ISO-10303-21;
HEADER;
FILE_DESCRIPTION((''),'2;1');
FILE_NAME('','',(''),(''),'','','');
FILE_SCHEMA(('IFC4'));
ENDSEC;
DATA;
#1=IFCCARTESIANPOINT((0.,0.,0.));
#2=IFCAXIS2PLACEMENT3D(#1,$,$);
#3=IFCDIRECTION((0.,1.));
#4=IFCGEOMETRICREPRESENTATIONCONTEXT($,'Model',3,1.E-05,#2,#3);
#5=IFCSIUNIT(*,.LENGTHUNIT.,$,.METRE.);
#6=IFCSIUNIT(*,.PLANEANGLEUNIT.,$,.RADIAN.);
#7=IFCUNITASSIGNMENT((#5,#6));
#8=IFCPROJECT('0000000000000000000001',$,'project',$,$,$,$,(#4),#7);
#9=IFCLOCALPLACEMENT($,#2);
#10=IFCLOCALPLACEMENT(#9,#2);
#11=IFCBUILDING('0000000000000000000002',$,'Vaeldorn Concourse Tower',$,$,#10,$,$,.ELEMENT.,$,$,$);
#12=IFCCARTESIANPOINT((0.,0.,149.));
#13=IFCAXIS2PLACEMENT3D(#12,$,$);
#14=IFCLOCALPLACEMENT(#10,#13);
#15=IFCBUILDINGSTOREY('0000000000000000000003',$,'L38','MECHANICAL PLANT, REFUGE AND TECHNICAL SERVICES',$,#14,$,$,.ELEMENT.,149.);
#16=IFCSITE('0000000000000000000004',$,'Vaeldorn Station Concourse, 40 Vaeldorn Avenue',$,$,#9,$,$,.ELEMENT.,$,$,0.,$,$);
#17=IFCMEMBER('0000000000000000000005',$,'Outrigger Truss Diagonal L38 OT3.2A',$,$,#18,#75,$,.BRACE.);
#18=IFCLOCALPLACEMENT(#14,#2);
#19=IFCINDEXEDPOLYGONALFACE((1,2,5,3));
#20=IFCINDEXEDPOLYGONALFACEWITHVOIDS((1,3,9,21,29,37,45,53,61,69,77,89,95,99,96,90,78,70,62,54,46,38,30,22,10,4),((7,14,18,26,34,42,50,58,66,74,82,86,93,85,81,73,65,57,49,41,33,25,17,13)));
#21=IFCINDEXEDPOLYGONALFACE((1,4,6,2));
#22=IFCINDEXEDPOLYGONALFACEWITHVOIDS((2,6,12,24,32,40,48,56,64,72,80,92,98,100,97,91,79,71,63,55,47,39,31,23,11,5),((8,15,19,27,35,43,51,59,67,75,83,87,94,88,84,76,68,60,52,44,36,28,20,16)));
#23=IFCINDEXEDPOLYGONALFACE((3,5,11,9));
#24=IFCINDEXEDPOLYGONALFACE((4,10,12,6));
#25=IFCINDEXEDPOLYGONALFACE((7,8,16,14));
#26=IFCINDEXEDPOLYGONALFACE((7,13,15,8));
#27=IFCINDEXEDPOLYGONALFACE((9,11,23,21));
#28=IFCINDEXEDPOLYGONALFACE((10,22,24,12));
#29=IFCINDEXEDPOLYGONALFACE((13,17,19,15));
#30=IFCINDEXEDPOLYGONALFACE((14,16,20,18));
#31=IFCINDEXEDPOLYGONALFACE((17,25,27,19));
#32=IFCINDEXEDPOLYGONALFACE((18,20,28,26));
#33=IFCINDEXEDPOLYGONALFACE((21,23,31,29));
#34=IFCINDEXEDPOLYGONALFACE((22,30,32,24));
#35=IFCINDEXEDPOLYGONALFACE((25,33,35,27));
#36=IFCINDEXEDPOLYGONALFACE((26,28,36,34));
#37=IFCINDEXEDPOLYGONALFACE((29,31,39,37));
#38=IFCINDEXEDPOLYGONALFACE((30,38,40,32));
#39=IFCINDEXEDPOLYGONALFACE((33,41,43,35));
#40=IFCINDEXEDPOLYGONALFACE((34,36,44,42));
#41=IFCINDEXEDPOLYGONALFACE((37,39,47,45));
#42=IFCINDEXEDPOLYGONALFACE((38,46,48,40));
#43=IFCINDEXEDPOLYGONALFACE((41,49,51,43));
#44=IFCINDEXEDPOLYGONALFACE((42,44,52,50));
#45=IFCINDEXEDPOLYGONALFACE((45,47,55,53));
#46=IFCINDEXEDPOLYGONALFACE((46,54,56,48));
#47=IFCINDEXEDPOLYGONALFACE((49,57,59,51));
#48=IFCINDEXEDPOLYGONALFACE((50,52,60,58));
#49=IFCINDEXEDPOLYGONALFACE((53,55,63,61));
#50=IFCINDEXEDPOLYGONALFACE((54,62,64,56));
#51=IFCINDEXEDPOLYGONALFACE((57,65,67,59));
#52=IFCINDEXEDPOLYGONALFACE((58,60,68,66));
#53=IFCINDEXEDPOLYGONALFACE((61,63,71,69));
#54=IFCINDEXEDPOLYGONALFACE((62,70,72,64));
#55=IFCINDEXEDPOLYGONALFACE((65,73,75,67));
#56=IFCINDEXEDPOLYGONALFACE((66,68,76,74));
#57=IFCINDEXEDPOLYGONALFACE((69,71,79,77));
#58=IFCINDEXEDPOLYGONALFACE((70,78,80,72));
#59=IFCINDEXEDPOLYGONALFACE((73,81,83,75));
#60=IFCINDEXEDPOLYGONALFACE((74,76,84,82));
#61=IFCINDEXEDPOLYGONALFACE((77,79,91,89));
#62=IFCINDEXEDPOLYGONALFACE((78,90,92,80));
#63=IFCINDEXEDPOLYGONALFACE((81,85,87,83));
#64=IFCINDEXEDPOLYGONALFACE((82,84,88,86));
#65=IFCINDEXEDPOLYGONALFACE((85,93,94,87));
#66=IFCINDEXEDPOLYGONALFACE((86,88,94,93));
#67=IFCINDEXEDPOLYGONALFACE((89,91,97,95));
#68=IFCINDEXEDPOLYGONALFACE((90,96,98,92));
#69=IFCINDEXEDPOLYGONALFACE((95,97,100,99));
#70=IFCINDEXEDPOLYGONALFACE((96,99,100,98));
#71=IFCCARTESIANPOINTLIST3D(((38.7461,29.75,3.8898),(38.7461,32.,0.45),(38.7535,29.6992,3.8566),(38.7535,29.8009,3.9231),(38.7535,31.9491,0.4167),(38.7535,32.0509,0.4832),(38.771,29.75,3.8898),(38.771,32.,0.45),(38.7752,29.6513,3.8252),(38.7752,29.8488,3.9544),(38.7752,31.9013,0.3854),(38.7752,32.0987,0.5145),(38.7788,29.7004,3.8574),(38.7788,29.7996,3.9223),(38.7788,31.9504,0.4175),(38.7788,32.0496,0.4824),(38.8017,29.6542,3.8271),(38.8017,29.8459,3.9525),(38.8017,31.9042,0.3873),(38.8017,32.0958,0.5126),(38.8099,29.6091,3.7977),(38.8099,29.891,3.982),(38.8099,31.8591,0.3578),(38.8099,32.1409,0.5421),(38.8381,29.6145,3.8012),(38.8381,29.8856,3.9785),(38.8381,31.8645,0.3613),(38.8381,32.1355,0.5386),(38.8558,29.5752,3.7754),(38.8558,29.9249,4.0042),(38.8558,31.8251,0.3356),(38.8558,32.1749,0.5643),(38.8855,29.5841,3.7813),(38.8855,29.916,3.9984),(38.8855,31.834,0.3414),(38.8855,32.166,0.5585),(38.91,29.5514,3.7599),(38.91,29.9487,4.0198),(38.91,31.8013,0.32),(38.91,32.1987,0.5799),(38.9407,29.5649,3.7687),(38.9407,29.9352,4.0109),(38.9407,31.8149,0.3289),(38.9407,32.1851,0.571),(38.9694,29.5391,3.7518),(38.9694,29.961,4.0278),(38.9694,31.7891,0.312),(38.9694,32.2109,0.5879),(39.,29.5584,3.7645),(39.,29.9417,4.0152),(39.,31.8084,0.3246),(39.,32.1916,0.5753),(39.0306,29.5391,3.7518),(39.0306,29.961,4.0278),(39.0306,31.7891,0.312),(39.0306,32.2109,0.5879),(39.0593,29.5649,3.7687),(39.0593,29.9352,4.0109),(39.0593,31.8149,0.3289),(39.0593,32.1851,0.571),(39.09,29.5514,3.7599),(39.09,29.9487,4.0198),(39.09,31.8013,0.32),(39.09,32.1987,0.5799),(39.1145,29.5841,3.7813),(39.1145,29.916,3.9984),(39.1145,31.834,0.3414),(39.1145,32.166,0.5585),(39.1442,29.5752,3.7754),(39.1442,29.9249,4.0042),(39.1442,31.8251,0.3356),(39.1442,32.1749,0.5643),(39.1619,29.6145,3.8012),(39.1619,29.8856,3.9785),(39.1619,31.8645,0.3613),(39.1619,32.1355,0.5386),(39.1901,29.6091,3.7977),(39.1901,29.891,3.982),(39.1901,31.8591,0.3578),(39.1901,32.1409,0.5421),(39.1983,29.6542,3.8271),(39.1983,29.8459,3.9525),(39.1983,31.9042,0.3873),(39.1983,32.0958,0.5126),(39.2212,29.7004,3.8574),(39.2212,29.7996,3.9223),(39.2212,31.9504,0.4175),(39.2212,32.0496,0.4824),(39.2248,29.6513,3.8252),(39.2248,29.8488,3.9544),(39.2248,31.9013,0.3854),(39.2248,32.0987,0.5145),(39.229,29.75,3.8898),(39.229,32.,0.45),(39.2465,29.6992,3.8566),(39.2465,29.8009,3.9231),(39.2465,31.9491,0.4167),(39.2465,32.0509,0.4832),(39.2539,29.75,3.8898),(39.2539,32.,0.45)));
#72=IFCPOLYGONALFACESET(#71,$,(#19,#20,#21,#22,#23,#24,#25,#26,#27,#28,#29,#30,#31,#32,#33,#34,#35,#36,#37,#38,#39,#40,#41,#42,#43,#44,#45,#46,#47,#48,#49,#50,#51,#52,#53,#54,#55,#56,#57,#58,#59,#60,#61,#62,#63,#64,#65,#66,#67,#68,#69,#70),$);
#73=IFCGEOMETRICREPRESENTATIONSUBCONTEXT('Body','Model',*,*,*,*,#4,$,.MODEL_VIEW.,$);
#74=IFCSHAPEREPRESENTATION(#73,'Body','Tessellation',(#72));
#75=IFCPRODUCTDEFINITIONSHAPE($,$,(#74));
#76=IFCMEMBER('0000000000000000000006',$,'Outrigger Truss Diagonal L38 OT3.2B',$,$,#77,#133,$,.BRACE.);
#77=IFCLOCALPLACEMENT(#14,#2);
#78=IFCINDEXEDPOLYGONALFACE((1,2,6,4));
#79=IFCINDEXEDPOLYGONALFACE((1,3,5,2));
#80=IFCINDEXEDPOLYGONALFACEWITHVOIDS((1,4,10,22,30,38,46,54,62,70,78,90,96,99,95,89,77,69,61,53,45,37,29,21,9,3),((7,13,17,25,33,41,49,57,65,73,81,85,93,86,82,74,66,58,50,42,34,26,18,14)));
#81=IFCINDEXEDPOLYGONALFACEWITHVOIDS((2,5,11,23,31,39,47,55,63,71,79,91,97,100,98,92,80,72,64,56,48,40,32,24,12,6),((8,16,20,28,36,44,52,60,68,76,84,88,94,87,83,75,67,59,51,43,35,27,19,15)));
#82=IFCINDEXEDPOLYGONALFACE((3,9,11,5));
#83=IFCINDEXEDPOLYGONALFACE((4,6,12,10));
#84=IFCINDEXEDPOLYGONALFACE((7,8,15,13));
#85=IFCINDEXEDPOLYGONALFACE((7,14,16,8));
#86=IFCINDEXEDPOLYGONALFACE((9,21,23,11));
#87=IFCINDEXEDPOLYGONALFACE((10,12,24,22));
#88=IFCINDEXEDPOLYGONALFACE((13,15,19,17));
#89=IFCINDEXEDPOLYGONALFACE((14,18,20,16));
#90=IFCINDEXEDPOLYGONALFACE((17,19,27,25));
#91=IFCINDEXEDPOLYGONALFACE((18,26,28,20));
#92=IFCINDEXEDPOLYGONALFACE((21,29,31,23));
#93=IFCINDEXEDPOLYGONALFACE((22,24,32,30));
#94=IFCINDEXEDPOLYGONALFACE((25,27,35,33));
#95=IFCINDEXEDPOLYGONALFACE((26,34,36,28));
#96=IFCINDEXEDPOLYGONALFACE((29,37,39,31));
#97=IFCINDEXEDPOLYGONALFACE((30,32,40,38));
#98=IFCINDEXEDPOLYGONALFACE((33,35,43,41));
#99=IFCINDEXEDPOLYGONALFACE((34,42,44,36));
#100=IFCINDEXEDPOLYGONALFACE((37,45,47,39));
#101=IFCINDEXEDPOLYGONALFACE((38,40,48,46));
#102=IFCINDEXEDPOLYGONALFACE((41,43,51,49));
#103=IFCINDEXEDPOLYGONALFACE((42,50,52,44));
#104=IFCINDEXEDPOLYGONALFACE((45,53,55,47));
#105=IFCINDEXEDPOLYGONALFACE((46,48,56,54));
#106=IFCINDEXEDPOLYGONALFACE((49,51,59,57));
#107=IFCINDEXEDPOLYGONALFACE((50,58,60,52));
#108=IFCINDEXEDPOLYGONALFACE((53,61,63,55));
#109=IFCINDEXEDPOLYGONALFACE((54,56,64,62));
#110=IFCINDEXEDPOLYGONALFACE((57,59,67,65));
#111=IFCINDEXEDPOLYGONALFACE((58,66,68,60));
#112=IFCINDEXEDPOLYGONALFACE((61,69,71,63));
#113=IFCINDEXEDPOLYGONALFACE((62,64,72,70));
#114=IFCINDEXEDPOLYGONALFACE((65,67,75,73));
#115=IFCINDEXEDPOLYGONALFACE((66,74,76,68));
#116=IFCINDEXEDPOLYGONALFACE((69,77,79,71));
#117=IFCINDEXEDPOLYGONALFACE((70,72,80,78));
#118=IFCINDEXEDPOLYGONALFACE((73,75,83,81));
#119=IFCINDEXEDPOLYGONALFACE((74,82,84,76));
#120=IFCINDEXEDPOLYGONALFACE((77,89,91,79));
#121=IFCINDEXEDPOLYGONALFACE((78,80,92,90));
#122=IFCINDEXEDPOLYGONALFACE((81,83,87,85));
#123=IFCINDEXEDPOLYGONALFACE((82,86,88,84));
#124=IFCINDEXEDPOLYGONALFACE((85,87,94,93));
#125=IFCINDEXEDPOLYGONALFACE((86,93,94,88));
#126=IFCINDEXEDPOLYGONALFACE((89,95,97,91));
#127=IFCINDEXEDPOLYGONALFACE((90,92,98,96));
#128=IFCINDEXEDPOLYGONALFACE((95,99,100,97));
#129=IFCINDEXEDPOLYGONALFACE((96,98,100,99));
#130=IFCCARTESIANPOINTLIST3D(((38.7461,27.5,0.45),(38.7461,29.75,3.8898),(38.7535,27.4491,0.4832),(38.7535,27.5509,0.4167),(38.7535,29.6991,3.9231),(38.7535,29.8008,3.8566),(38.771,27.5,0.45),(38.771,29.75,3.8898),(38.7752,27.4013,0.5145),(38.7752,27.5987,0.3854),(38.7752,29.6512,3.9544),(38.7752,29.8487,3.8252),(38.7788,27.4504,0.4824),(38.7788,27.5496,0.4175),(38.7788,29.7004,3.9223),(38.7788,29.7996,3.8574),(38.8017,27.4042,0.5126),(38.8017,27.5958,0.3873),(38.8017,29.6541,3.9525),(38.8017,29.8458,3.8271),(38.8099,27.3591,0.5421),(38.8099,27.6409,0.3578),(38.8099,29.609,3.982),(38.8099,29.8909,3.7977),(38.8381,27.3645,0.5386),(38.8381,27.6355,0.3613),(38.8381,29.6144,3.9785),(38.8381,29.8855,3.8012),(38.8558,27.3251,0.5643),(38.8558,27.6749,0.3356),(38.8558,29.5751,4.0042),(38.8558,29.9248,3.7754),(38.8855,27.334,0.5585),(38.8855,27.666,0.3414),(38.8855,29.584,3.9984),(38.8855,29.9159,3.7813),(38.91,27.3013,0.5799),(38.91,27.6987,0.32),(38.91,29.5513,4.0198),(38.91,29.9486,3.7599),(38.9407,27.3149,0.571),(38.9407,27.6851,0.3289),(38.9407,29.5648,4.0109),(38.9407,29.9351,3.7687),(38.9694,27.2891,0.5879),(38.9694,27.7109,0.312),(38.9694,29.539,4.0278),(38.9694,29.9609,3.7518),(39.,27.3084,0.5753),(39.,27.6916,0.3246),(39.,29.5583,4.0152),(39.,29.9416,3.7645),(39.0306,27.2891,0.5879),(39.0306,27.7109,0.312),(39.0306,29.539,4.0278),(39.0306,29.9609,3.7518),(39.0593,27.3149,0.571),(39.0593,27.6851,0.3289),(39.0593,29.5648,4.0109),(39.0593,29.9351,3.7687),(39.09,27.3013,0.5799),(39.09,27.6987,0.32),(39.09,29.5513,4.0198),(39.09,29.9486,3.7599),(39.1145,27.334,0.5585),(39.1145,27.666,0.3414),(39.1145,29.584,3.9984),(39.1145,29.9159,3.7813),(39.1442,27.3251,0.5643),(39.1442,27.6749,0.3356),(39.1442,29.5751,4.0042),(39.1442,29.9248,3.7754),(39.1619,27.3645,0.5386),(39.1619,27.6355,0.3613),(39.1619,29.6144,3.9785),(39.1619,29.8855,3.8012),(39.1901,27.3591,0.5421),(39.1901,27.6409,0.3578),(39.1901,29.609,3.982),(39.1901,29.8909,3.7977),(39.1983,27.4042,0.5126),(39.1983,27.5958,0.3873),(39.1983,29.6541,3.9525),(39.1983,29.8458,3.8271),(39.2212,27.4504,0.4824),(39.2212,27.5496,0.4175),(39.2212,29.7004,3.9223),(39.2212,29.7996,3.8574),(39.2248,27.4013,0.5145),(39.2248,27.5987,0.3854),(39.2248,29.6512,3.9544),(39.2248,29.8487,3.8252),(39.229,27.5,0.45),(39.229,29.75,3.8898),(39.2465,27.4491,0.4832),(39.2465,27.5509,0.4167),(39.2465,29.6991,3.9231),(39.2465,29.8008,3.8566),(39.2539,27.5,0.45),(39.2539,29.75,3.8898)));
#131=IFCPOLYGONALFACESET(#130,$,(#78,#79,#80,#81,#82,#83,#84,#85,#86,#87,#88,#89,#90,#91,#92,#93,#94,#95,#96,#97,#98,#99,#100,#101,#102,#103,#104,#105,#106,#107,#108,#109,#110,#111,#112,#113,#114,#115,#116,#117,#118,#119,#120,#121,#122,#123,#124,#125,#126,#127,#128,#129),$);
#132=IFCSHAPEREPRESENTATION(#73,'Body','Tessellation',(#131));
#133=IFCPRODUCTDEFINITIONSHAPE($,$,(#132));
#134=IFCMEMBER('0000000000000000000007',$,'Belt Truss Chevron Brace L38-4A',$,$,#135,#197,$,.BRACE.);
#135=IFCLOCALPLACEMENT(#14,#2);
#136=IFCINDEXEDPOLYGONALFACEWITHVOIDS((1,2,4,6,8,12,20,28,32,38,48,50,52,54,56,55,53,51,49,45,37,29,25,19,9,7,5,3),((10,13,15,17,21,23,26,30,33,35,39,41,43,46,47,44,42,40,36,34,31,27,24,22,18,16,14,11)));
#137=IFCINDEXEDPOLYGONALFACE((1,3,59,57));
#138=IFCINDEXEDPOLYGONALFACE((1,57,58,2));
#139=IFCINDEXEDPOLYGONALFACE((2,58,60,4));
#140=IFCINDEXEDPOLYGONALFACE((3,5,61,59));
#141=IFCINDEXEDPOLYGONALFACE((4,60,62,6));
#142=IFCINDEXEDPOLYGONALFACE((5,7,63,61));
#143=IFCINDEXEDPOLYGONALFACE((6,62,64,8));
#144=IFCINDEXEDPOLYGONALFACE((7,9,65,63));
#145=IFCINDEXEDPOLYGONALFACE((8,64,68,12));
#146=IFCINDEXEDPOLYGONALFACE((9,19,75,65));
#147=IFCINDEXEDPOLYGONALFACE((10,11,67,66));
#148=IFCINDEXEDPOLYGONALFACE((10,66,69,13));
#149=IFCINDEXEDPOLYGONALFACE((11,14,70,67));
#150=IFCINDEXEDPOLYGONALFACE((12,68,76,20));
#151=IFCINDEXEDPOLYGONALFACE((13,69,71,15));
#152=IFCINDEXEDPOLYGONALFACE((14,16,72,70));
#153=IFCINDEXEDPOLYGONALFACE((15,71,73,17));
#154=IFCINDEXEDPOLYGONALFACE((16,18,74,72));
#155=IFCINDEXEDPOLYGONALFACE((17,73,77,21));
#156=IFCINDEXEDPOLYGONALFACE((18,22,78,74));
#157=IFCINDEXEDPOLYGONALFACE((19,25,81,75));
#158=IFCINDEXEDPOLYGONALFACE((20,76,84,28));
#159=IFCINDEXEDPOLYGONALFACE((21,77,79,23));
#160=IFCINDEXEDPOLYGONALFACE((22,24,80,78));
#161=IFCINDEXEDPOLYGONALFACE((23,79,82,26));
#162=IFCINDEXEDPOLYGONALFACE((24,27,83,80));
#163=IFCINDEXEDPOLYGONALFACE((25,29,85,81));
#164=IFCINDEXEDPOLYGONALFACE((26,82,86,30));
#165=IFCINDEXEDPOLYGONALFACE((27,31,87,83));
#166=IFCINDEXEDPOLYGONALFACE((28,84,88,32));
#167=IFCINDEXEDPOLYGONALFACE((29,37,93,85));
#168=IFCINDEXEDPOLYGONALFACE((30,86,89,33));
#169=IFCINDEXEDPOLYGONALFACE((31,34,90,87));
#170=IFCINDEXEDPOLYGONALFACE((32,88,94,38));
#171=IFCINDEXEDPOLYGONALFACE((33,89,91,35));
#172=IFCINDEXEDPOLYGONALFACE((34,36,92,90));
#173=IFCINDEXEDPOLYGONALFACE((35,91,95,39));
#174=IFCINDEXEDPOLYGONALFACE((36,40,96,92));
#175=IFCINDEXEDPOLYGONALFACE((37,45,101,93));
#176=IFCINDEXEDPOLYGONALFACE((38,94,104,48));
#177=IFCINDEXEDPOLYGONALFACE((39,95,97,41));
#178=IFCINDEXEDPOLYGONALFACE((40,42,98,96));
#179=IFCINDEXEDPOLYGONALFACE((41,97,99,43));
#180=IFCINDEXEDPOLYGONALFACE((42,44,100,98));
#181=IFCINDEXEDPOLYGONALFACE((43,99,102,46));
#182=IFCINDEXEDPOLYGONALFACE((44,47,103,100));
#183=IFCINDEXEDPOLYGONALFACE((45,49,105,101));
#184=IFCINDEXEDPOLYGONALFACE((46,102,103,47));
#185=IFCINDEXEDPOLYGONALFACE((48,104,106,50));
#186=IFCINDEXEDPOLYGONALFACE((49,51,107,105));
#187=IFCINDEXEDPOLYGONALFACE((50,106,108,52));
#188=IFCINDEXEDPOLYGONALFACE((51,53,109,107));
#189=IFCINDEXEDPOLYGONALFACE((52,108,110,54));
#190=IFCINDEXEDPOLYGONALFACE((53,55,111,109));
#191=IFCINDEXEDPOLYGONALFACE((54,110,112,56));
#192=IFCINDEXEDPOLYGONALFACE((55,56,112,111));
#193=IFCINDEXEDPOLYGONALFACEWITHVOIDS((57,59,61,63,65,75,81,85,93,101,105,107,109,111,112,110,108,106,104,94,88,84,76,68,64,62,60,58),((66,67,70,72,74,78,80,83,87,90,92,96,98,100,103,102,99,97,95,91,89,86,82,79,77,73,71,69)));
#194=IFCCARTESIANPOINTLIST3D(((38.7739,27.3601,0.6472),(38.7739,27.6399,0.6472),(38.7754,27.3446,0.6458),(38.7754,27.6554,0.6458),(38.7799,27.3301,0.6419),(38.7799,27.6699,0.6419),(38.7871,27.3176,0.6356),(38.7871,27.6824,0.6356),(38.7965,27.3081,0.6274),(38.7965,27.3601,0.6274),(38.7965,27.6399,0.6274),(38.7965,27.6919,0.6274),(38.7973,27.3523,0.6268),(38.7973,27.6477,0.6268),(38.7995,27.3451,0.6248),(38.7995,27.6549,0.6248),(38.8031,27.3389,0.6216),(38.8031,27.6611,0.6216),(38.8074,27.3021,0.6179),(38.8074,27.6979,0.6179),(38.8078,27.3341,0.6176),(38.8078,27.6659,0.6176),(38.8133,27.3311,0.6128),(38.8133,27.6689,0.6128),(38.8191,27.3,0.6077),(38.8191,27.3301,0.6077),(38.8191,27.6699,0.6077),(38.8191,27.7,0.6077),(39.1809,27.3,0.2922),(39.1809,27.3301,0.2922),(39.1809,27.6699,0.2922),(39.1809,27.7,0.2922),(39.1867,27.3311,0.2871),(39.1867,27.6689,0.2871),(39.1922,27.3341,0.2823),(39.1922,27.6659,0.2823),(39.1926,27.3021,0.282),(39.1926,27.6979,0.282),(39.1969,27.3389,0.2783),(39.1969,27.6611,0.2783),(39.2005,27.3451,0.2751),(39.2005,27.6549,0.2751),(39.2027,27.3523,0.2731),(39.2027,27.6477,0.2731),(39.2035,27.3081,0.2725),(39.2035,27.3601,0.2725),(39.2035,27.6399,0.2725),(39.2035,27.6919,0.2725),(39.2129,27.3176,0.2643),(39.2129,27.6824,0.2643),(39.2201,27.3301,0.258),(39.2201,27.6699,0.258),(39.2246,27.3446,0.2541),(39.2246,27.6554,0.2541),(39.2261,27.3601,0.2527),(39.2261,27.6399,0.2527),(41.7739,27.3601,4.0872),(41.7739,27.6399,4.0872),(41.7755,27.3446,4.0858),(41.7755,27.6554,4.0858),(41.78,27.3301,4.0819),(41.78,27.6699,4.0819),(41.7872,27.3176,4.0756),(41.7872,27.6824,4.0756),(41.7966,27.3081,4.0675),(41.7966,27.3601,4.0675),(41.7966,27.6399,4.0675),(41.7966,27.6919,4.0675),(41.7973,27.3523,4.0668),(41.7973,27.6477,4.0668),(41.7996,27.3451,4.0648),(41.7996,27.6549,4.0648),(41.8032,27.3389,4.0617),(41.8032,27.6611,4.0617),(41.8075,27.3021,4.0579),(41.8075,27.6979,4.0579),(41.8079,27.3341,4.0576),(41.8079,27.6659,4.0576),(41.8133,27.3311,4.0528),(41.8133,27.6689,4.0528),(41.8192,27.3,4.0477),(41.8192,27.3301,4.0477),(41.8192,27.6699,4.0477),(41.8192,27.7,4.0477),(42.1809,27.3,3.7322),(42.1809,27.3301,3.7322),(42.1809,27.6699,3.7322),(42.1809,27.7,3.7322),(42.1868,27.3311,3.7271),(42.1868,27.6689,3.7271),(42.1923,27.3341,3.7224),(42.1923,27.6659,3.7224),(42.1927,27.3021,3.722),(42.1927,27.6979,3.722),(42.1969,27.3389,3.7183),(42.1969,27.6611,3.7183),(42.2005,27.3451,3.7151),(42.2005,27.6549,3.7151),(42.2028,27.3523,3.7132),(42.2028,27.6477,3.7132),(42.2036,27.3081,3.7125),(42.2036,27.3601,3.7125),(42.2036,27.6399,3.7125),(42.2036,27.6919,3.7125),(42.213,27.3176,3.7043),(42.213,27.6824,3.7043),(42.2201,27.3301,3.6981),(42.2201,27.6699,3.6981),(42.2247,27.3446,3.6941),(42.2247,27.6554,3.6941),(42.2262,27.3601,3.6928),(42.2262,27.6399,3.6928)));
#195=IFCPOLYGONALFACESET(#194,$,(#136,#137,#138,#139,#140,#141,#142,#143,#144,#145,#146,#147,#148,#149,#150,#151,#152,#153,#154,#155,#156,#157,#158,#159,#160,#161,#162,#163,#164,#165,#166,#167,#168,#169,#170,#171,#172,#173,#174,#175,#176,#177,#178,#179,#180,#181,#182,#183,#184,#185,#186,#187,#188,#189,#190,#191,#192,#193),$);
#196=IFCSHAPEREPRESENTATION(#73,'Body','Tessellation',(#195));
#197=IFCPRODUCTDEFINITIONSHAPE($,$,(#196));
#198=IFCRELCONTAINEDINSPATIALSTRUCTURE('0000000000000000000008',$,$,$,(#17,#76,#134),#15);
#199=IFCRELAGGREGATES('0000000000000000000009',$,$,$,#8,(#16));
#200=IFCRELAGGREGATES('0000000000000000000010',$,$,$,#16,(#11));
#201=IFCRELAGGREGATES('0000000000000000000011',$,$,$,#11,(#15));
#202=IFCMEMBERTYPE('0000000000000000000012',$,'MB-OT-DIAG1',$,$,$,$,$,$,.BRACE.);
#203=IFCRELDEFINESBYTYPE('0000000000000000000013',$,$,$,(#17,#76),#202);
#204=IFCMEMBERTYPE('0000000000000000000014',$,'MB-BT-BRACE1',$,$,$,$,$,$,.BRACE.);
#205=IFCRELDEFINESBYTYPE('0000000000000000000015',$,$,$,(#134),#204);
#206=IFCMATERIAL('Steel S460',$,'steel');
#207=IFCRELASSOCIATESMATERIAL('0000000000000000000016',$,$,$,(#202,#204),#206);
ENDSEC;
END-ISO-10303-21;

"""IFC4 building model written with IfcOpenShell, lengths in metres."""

from ifc_helpers import new_model, si_unit, direction, frame, origin, origin_2d, place, context, subcontext, project, spatial, hollow_rectangle, hollow_circle, extrude, source, transform, mapped, material, material_profile, profile_set, type_object, element, save


model = new_model("IFC4")

# Units and contexts
model_context = context("Model", 3, precision=1e-05, world=origin(), true_north=direction((0.0, 1.0)))
body_context = subcontext(model_context, "Body", "Model", "MODEL_VIEW")
ifc_project = project(units=[si_unit("LENGTHUNIT", "METRE"), si_unit("PLANEANGLEUNIT", "RADIAN")], contexts=[model_context])

# Site, building, storey
site_placement = place(None, origin())
site = spatial("IfcSite", under=ifc_project, at=site_placement, Name="Vaeldorn Station Concourse, 40 Vaeldorn Avenue", CompositionType="ELEMENT", RefElevation=0.0)
building_placement = place(site_placement, origin())
building = spatial("IfcBuilding", under=site, at=building_placement, Name="Vaeldorn Concourse Tower", CompositionType="ELEMENT")
storey_placement = place(building_placement, frame((0.0, 0.0, 149.0)))
storey = spatial("IfcBuildingStorey", under=building, at=storey_placement, Name="L38", Description="MECHANICAL PLANT, REFUGE AND TECHNICAL SERVICES", CompositionType="ELEMENT", Elevation=149.0)

# Shared definitions
ifc_material_1 = material(Name="Steel S460", Category="steel")

# Members
ifc_material_profile_1 = material_profile(ifc_material_1, hollow_circle(Radius=0.2539, WallThickness=0.0249, at=origin_2d()), Name="CHS 508x25")
ifc_profile_set_1 = profile_set([ifc_material_profile_1], Name="Steel S460")
member_type_1 = type_object("IfcMemberType", Name="MB-OT-DIAG1", PredefinedType="BRACE", material=ifc_profile_set_1)
shared_shape_1 = source(origin(), body_context, "Body", "SweptSolid", [
    extrude(hollow_circle(Radius=0.2539, WallThickness=0.0249, at=origin_2d()), origin(), (0.0, 0.0, 1.0), 4.1104),
])
for number, where, z_axis, x_axis, name in (
    (1, (39.0, 32.0, 0.45), (0.0, -0.547387, 0.83688), (1.0, 0.0, 0.0), "Outrigger Truss Diagonal L38 OT3.2A"),
    (2, (39.0, 27.5, 0.45), (0.0, 0.547387, 0.83688), (-1.0, 0.0, 0.0), "Outrigger Truss Diagonal L38 OT3.2B"),
):
    element("IfcMember", number, at=place(storey_placement, frame(where, z_axis=z_axis, x_axis=x_axis)), inside=storey, type_object=member_type_1, Name=name, PredefinedType="BRACE", context=body_context, shape_type="MappedRepresentation", body=[
        mapped(shared_shape_1, transform((0.0, 0.0, 0.0), scale=1.0)),
    ])
ifc_material_profile_2 = material_profile(ifc_material_1, hollow_rectangle(XDim=0.3999, YDim=0.6001, WallThickness=0.03, InnerFilletRadius=0.03, OuterFilletRadius=0.0601, at=origin_2d()), Name="RHS 600x400x30")
ifc_profile_set_2 = profile_set([ifc_material_profile_2], Name="Steel S460")
member_type_2 = type_object("IfcMemberType", Name="MB-BT-BRACE1", PredefinedType="BRACE", material=ifc_profile_set_2)
shared_shape_2 = source(origin(), body_context, "Body", "SweptSolid", [
    extrude(hollow_rectangle(XDim=0.3999, YDim=0.6001, WallThickness=0.03, InnerFilletRadius=0.03, OuterFilletRadius=0.0601, at=origin_2d()), origin(), (0.0, 0.0, 1.0), 4.5645),
])
member_1_placement = place(storey_placement, frame((39.0, 27.5, 0.45), z_axis=(0.657269, 0.0, 0.753656), x_axis=(0.0, 1.0, 0.0)))
element("IfcMember", 3, at=member_1_placement, inside=storey, type_object=member_type_2, Name="Belt Truss Chevron Brace L38-4A", PredefinedType="BRACE", context=body_context, shape_type="MappedRepresentation", body=[
    mapped(shared_shape_2, transform((0.0, 0.0, 0.0), scale=1.0)),
])

save(model, "model.ifc")
